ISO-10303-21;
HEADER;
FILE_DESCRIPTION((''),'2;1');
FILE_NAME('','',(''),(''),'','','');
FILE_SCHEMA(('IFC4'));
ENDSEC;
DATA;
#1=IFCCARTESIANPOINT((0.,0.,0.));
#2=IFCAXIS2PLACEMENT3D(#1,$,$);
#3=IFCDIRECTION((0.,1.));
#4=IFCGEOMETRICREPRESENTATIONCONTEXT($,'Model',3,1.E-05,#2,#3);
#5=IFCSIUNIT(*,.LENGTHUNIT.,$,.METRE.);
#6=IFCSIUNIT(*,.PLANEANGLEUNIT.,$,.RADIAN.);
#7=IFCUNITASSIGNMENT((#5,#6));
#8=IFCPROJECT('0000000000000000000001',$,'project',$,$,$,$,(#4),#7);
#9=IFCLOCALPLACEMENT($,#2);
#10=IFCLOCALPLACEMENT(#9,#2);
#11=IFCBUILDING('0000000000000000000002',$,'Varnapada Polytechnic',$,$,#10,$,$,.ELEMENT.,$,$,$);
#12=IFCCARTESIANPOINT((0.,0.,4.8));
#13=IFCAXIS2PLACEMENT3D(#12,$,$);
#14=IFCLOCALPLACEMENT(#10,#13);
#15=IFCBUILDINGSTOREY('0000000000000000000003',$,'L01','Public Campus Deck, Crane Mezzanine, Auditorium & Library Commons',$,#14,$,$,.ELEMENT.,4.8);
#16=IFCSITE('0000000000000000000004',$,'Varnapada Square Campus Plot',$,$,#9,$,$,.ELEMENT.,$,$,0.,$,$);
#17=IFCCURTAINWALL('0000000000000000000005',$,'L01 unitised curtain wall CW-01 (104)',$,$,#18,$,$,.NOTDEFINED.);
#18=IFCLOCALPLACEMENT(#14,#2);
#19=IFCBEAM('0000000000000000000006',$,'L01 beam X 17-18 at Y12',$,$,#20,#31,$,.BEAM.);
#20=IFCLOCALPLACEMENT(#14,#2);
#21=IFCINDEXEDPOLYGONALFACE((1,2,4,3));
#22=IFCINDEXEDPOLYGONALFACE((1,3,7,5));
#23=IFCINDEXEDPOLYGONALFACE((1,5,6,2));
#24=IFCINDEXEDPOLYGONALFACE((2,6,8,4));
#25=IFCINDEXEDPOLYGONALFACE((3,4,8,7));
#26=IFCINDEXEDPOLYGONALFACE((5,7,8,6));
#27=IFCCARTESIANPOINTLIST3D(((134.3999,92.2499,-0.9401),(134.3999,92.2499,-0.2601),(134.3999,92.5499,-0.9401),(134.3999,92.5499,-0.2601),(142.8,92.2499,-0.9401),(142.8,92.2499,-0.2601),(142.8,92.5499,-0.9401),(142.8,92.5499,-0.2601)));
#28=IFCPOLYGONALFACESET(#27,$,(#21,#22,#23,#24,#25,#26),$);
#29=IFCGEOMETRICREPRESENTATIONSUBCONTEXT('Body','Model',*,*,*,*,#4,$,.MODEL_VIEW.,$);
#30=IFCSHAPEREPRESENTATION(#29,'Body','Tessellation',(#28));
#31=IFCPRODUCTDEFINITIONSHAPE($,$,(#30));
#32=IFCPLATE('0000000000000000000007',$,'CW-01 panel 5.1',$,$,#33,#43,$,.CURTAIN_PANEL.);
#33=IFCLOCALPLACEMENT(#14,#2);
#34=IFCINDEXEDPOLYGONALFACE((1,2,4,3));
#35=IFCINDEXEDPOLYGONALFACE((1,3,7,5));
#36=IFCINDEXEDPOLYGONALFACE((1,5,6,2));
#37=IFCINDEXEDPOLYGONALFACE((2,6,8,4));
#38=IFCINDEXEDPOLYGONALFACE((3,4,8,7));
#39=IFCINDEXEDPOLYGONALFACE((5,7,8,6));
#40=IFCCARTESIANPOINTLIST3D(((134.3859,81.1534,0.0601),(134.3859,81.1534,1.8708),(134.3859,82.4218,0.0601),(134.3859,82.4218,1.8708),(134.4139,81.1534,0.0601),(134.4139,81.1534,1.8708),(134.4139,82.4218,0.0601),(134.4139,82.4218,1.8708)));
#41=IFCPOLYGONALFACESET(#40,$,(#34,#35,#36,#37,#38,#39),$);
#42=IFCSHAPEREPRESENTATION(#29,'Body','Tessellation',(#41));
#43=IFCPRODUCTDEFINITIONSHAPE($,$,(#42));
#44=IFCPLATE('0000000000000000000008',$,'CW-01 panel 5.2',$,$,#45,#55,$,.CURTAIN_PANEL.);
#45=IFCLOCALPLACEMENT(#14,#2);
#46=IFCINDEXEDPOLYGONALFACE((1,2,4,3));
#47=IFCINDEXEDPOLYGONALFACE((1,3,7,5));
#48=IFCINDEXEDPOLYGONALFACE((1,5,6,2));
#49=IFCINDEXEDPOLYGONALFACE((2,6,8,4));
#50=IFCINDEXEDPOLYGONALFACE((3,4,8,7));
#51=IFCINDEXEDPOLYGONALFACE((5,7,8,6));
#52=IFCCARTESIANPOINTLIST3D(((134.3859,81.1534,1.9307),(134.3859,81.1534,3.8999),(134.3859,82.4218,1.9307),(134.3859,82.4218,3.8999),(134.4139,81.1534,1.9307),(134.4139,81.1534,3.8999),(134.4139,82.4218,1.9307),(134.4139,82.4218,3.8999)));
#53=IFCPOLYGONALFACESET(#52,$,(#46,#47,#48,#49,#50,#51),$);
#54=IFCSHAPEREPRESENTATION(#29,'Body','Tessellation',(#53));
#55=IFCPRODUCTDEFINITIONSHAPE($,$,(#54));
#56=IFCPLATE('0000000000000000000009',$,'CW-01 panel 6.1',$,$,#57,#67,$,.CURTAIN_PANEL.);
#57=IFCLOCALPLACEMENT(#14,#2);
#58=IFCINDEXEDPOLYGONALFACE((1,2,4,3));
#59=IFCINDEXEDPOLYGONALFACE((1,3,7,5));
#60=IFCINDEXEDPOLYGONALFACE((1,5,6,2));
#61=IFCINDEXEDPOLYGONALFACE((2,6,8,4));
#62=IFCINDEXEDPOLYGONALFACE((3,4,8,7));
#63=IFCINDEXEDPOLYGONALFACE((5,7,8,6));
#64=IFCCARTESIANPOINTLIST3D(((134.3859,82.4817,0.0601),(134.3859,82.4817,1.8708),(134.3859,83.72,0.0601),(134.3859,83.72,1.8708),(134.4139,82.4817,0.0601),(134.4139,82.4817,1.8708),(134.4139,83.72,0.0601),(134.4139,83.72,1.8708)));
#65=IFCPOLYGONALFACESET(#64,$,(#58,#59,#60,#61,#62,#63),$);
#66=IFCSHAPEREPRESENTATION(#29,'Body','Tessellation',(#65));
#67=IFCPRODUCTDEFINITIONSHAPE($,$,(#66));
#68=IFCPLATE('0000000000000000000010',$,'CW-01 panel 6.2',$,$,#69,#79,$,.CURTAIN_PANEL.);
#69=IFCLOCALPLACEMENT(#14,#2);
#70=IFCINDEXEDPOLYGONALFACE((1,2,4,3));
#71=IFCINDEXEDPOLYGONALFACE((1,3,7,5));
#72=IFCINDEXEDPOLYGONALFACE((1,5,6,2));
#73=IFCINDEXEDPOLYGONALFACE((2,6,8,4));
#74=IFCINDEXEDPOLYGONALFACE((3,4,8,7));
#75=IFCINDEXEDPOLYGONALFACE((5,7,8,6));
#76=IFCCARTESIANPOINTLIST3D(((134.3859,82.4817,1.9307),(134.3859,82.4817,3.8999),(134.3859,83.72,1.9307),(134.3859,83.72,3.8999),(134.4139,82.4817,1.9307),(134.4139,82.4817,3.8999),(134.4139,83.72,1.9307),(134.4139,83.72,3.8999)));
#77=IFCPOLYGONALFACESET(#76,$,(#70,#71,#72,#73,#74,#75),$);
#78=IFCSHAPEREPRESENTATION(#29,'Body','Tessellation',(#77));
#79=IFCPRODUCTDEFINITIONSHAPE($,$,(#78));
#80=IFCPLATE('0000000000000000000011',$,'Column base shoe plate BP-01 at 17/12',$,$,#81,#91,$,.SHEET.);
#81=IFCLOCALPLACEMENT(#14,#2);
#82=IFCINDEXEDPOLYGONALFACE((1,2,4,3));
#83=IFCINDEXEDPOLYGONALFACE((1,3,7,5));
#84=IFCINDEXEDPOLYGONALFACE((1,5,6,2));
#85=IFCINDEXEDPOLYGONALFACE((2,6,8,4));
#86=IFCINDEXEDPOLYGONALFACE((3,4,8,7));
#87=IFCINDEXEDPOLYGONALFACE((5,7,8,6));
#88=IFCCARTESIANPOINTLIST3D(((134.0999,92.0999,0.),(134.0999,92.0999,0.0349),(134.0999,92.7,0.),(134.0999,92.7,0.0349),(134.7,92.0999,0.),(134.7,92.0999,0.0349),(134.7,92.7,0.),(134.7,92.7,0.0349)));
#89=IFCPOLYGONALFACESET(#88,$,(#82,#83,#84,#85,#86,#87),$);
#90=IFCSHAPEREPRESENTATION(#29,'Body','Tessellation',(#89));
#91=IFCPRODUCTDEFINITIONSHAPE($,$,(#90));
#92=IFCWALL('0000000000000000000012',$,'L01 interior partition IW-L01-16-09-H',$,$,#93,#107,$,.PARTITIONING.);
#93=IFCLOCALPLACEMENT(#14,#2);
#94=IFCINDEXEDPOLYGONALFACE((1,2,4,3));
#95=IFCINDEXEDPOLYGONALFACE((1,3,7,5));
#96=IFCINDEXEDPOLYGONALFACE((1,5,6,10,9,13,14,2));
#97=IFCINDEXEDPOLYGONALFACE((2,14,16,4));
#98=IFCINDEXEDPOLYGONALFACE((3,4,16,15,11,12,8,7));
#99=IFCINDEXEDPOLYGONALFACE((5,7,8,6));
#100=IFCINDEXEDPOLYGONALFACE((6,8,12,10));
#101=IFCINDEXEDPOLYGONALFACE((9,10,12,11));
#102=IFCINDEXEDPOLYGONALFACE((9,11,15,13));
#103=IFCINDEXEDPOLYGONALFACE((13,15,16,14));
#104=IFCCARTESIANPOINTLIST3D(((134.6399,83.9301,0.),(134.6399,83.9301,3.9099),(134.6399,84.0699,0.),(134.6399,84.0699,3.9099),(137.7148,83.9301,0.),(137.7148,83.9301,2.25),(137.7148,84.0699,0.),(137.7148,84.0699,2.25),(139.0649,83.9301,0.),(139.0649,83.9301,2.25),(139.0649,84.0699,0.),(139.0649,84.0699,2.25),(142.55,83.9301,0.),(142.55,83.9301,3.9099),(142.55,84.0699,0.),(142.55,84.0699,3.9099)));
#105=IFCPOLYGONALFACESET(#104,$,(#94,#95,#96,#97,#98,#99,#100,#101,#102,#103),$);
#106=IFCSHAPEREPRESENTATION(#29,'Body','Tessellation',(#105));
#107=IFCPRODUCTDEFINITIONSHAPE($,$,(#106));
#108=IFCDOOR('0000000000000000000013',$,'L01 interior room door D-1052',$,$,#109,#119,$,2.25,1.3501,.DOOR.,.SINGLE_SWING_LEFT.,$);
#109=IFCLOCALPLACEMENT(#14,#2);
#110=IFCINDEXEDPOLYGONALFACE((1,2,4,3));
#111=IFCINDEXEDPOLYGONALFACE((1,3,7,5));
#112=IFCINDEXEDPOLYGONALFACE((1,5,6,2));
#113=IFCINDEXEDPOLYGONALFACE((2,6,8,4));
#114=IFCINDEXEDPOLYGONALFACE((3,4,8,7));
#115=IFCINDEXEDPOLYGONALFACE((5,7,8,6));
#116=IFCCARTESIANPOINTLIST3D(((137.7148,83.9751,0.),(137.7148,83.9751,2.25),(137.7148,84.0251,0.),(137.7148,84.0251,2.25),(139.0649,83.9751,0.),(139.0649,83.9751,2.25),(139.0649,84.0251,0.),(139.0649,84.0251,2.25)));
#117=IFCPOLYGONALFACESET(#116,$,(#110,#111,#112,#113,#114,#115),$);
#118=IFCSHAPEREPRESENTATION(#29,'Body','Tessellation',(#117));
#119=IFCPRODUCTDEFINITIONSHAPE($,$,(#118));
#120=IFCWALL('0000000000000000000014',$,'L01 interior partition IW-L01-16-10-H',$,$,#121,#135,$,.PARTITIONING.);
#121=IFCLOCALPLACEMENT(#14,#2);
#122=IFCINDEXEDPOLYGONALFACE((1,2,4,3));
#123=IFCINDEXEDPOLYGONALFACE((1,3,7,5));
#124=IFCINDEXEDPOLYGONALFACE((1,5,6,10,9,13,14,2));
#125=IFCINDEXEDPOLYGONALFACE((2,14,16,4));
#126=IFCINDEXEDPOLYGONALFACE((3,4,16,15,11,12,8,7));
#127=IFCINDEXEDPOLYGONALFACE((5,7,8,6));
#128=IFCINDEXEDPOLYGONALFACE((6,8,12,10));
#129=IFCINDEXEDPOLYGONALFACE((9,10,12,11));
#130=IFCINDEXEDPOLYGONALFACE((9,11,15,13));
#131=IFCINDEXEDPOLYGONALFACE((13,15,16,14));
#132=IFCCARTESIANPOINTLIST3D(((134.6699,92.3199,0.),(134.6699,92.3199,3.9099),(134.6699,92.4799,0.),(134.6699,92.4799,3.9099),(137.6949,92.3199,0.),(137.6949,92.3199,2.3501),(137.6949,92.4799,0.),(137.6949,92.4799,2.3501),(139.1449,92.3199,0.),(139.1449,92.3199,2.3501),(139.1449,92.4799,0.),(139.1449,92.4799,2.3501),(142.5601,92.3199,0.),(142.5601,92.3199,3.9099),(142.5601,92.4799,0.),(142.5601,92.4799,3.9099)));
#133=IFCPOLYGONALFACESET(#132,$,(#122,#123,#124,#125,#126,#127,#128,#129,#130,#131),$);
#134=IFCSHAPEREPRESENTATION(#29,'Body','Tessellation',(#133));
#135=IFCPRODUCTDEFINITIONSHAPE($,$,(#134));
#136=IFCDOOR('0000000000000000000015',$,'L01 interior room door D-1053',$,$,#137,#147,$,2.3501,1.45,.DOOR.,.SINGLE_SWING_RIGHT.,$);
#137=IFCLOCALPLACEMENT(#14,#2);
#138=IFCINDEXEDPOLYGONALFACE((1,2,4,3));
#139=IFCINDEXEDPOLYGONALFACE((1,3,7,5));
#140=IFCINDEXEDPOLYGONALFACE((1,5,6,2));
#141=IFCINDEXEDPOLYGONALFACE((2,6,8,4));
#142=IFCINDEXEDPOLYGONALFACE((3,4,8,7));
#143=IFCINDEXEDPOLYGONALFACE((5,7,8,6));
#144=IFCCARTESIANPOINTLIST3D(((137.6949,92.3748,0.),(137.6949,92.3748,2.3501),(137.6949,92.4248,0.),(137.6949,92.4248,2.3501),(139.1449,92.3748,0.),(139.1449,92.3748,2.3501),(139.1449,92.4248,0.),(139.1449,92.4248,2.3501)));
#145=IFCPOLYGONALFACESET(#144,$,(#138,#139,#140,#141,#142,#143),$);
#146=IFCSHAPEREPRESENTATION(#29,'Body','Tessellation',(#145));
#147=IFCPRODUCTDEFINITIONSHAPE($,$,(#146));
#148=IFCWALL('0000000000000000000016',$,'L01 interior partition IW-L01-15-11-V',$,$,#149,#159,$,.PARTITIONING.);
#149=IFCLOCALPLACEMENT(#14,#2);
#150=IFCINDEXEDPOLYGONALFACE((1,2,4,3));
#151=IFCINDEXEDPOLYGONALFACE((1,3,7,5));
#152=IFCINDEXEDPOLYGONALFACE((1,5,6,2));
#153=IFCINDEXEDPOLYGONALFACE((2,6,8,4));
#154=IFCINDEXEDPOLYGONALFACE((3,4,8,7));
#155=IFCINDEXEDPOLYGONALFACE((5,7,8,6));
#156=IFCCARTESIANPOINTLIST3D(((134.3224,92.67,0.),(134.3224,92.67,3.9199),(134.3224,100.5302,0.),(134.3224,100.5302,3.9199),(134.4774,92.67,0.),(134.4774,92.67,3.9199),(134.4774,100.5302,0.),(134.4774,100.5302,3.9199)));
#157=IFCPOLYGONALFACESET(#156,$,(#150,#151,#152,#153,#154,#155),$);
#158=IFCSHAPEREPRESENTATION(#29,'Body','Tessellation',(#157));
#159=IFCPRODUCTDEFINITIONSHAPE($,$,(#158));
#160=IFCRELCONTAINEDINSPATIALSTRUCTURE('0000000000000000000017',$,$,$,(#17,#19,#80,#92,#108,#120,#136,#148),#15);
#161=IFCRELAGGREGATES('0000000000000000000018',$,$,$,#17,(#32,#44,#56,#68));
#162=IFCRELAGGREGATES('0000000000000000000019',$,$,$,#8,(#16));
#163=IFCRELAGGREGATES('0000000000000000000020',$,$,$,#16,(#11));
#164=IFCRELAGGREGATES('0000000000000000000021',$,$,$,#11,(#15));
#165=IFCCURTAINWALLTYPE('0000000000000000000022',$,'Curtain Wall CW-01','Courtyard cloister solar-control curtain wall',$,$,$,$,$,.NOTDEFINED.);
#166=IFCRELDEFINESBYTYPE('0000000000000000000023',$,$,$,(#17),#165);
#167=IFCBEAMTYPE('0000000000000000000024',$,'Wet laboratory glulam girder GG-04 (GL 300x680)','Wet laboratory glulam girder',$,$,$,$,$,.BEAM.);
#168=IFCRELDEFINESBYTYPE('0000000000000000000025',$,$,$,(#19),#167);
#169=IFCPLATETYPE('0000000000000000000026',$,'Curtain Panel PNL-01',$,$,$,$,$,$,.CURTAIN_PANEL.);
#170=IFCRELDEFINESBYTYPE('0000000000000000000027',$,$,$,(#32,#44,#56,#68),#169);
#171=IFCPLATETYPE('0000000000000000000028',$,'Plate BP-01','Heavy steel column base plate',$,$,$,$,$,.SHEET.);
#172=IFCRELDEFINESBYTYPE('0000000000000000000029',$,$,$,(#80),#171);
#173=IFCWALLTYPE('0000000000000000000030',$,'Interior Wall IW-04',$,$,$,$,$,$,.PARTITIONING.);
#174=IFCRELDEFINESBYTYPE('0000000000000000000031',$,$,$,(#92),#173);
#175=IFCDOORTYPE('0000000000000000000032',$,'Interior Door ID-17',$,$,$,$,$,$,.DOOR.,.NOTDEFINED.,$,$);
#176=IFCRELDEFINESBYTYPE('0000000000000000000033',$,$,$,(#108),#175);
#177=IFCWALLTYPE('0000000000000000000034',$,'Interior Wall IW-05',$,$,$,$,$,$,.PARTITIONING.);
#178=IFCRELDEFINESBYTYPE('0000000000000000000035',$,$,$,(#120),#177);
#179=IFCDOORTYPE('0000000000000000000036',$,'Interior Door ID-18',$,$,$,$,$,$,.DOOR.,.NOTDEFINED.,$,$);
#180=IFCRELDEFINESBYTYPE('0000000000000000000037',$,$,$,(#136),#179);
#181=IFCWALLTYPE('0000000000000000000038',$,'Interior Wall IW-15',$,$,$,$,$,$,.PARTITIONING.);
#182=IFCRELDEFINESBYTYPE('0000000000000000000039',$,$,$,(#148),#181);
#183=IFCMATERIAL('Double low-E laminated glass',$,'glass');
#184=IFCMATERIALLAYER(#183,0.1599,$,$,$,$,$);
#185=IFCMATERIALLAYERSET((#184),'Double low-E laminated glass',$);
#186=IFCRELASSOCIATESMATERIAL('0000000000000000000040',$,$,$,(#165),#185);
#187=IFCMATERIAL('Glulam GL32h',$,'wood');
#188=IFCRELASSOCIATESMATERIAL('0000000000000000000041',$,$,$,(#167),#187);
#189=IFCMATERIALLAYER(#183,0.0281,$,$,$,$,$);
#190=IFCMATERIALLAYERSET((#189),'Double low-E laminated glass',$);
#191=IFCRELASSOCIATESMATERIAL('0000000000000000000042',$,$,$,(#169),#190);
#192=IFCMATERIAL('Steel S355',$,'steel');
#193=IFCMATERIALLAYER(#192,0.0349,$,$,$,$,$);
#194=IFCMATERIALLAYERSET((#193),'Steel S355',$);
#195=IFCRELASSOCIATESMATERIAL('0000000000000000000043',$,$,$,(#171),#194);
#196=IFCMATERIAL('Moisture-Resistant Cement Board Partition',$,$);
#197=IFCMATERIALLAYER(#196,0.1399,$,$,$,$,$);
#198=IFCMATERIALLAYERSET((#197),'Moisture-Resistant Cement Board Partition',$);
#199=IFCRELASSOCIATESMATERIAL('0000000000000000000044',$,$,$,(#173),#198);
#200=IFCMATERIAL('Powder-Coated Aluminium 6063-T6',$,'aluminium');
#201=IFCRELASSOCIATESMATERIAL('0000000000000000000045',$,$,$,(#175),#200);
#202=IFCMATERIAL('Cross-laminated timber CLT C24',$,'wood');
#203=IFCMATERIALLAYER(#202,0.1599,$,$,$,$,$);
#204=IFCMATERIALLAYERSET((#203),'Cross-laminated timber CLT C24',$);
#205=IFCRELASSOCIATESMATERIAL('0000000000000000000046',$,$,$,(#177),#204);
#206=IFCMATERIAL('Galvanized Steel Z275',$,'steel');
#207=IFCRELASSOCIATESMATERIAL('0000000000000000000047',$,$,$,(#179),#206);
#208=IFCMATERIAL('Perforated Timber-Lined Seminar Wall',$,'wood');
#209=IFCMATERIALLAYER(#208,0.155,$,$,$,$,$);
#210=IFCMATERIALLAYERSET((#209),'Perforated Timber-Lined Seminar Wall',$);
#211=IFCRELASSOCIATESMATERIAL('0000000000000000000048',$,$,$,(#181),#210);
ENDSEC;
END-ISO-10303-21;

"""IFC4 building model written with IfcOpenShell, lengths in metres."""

from ifc_helpers import new_model, si_unit, direction, frame, frame_2d, origin, origin_2d, place, context, subcontext, project, spatial, rectangle, extrude, material, layer, layer_set, material_profile, profile_set, type_object, element, fill, aggregate, save


model = new_model("IFC4")

# Units and contexts
model_context = context("Model", 3, precision=1e-05, world=origin(), true_north=direction((0.0, 1.0)))
body_context = subcontext(model_context, "Body", "Model", "MODEL_VIEW")
ifc_project = project(units=[si_unit("LENGTHUNIT", "METRE"), si_unit("PLANEANGLEUNIT", "RADIAN")], contexts=[model_context])

# Site, building, storey
site_placement = place(None, origin())
site = spatial("IfcSite", under=ifc_project, at=site_placement, Name="Varnapada Square Campus Plot", CompositionType="ELEMENT", RefElevation=0.0)
building_placement = place(site_placement, origin())
building = spatial("IfcBuilding", under=site, at=building_placement, Name="Varnapada Polytechnic", CompositionType="ELEMENT")
storey_placement = place(building_placement, frame((0.0, 0.0, 4.8)))
storey = spatial("IfcBuildingStorey", under=building, at=storey_placement, Name="L01", Description="Public Campus Deck, Crane Mezzanine, Auditorium & Library Commons", CompositionType="ELEMENT", Elevation=4.8)

# Shared definitions
ifc_material_1 = material(Name="Steel S355", Category="steel")

# Shared definitions
ifc_material_2 = material(Name="Glulam GL32h", Category="wood")

# Curtain wall
ifc_material_3 = material(Name="Double low-E laminated glass", Category="glass")
ifc_layer_1 = layer(ifc_material_3, 0.1599)
ifc_layer_set_1 = layer_set([ifc_layer_1], Name="Double low-E laminated glass")
curtain_wall_type = type_object("IfcCurtainWallType", Name="Curtain Wall CW-01", Description="Courtyard cloister solar-control curtain wall", PredefinedType="NOTDEFINED", material=ifc_layer_set_1)
curtain_wall_placement = place(storey_placement, origin())
curtain_wall = element("IfcCurtainWall", 1, at=curtain_wall_placement, inside=storey, type_object=curtain_wall_type, Name="L01 unitised curtain wall CW-01 (104)", PredefinedType="NOTDEFINED")

# Beam
ifc_material_profile_1 = material_profile(ifc_material_2, rectangle(XDim=0.3, YDim=0.6799, at=origin_2d()), Name="GL 300x680")
ifc_profile_set_1 = profile_set([ifc_material_profile_1], Name="Glulam GL32h")
beam_type_1 = type_object("IfcBeamType", Name="Wet laboratory glulam girder GG-04 (GL 300x680)", Description="Wet laboratory glulam girder", PredefinedType="BEAM", material=ifc_profile_set_1)
for number, where, z_axis, x_axis, name in (
    (2, (134.3999, 92.3999, -0.6001), (1.0, 0.0, 0.0), (0.0, 1.0, 0.0), "L01 beam X 17-18 at Y12"),
):
    element("IfcBeam", number, at=place(storey_placement, frame(where, z_axis=z_axis, x_axis=x_axis)), inside=storey, type_object=beam_type_1, Name=name, PredefinedType="BEAM", context=body_context, shape_type="SweptSolid", body=[
        extrude(rectangle(XDim=0.3, YDim=0.6799, at=origin_2d()), origin(), (0.0, 0.0, 1.0), 8.4001),
    ])

# Plates
ifc_layer_2 = layer(ifc_material_3, 0.0281)
ifc_layer_set_2 = layer_set([ifc_layer_2], Name="Double low-E laminated glass")
plate_type_1 = type_object("IfcPlateType", Name="Curtain Panel PNL-01", PredefinedType="CURTAIN_PANEL", material=ifc_layer_set_2)
plate_1_placement = place(storey_placement, frame((134.3999, 81.7876, 0.0601), z_axis=(0.0, 0.0, 1.0), x_axis=(0.0, 1.0, 0.0)))
plate_1 = element("IfcPlate", 3, at=plate_1_placement, type_object=plate_type_1, Name="CW-01 panel 5.1", PredefinedType="CURTAIN_PANEL", context=body_context, shape_type="SweptSolid", body=[
    extrude(rectangle(XDim=1.2683, YDim=0.0281, at=origin_2d()), origin(), (0.0, 0.0, 1.0), 1.8108),
])
plate_2_placement = place(storey_placement, frame((134.3999, 81.7876, 1.9307), z_axis=(0.0, 0.0, 1.0), x_axis=(0.0, 1.0, 0.0)))
plate_2 = element("IfcPlate", 4, at=plate_2_placement, type_object=plate_type_1, Name="CW-01 panel 5.2", PredefinedType="CURTAIN_PANEL", context=body_context, shape_type="SweptSolid", body=[
    extrude(rectangle(XDim=1.2683, YDim=0.0281, at=origin_2d()), origin(), (0.0, 0.0, 1.0), 1.9692),
])
plate_3_placement = place(storey_placement, frame((134.3999, 83.1008, 0.0601), z_axis=(0.0, 0.0, 1.0), x_axis=(0.0, 1.0, 0.0)))
plate_3 = element("IfcPlate", 5, at=plate_3_placement, type_object=plate_type_1, Name="CW-01 panel 6.1", PredefinedType="CURTAIN_PANEL", context=body_context, shape_type="SweptSolid", body=[
    extrude(rectangle(XDim=1.2383, YDim=0.0281, at=origin_2d()), origin(), (0.0, 0.0, 1.0), 1.8108),
])
plate_4_placement = place(storey_placement, frame((134.3999, 83.1008, 1.9307), z_axis=(0.0, 0.0, 1.0), x_axis=(0.0, 1.0, 0.0)))
plate_4 = element("IfcPlate", 6, at=plate_4_placement, type_object=plate_type_1, Name="CW-01 panel 6.2", PredefinedType="CURTAIN_PANEL", context=body_context, shape_type="SweptSolid", body=[
    extrude(rectangle(XDim=1.2383, YDim=0.0281, at=origin_2d()), origin(), (0.0, 0.0, 1.0), 1.9692),
])
aggregate(curtain_wall, [plate_1, plate_2, plate_3, plate_4])
ifc_layer_3 = layer(ifc_material_1, 0.0349)
ifc_layer_set_3 = layer_set([ifc_layer_3], Name="Steel S355")
plate_type_2 = type_object("IfcPlateType", Name="Plate BP-01", Description="Heavy steel column base plate", PredefinedType="SHEET", material=ifc_layer_set_3)
plate_5_placement = place(storey_placement, frame((134.3999, 92.3999, 0.0), z_axis=(0.0, 0.0, 1.0), x_axis=(1.0, 0.0, 0.0)))
element("IfcPlate", 7, at=plate_5_placement, inside=storey, type_object=plate_type_2, Name="Column base shoe plate BP-01 at 17/12", PredefinedType="SHEET", context=body_context, shape_type="SweptSolid", body=[
    extrude(rectangle(XDim=0.6001, YDim=0.6001, at=origin_2d()), origin(), (0.0, 0.0, 1.0), 0.0349),
])

# Walls, openings, doors
ifc_material_4 = material(Name="Moisture-Resistant Cement Board Partition")
ifc_layer_4 = layer(ifc_material_4, 0.1399)
ifc_layer_set_4 = layer_set([ifc_layer_4], Name="Moisture-Resistant Cement Board Partition")
wall_type_1 = type_object("IfcWallType", Name="Interior Wall IW-04", PredefinedType="PARTITIONING", material=ifc_layer_set_4)
wall_1_placement = place(storey_placement, frame((134.6399, 84.0, 0.0), z_axis=(0.0, 0.0, 1.0), x_axis=(1.0, 0.0, 0.0)))
wall_1 = element("IfcWall", 8, at=wall_1_placement, inside=storey, type_object=wall_type_1, Name="L01 interior partition IW-L01-16-09-H", PredefinedType="PARTITIONING", context=body_context, shape_type="SweptSolid", body=[
    extrude(rectangle(XDim=7.9102, YDim=0.1399, at=frame_2d((3.9551, 0.0))), origin(), (0.0, 0.0, 1.0), 3.9099),
])
opening_1_placement = place(wall_1_placement, frame((3.075, 0.0, 0.0)))
opening_1 = element("IfcOpeningElement", 9, at=opening_1_placement, cuts=wall_1, PredefinedType="OPENING", context=body_context, shape_type="SweptSolid", body=[
    extrude(rectangle(XDim=1.3501, YDim=2.25, at=frame_2d((0.675, 1.125))), frame((0.0, 0.0798, 0.0), z_axis=(0.0, -1.0, 0.0), x_axis=(1.0, 0.0, 0.0)), (0.0, 0.0, 1.0), 0.1599),
])
ifc_material_5 = material(Name="Powder-Coated Aluminium 6063-T6", Category="aluminium")
door_type_1 = type_object("IfcDoorType", Name="Interior Door ID-17", OperationType="NOTDEFINED", PredefinedType="DOOR", material=ifc_material_5)
door_1_placement = place(opening_1_placement, frame((1.3501, 0.0, 0.0), z_axis=(0.0, 0.0, 1.0), x_axis=(-1.0, 0.0, 0.0)))
door_1 = element("IfcDoor", 10, at=door_1_placement, inside=storey, type_object=door_type_1, Name="L01 interior room door D-1052", OperationType="SINGLE_SWING_LEFT", OverallHeight=2.25, OverallWidth=1.3501, PredefinedType="DOOR", context=body_context, shape_type="SweptSolid", body=[
    extrude(rectangle(XDim=1.3501, YDim=2.25, at=frame_2d((0.675, 1.125))), frame((0.0, 0.0249, 0.0), z_axis=(0.0, -1.0, 0.0), x_axis=(1.0, 0.0, 0.0)), (0.0, 0.0, 1.0), 0.05),
])
fill(opening_1, door_1)
ifc_material_6 = material(Name="Cross-laminated timber CLT C24", Category="wood")
ifc_layer_5 = layer(ifc_material_6, 0.1599)
ifc_layer_set_5 = layer_set([ifc_layer_5], Name="Cross-laminated timber CLT C24")
wall_type_2 = type_object("IfcWallType", Name="Interior Wall IW-05", PredefinedType="PARTITIONING", material=ifc_layer_set_5)
wall_2_placement = place(storey_placement, frame((134.6699, 92.3999, 0.0), z_axis=(0.0, 0.0, 1.0), x_axis=(1.0, 0.0, 0.0)))
wall_2 = element("IfcWall", 11, at=wall_2_placement, inside=storey, type_object=wall_type_2, Name="L01 interior partition IW-L01-16-10-H", PredefinedType="PARTITIONING", context=body_context, shape_type="SweptSolid", body=[
    extrude(rectangle(XDim=7.8901, YDim=0.1599, at=frame_2d((3.9451, 0.0))), origin(), (0.0, 0.0, 1.0), 3.9099),
])
opening_2_placement = place(wall_2_placement, frame((3.0249, 0.0, 0.0)))
opening_2 = element("IfcOpeningElement", 12, at=opening_2_placement, cuts=wall_2, PredefinedType="OPENING", context=body_context, shape_type="SweptSolid", body=[
    extrude(rectangle(XDim=1.45, YDim=2.3501, at=frame_2d((0.7251, 1.175))), frame((0.0, 0.0898, 0.0), z_axis=(0.0, -1.0, 0.0), x_axis=(1.0, 0.0, 0.0)), (0.0, 0.0, 1.0), 0.1799),
])
ifc_material_7 = material(Name="Galvanized Steel Z275", Category="steel")
door_type_2 = type_object("IfcDoorType", Name="Interior Door ID-18", OperationType="NOTDEFINED", PredefinedType="DOOR", material=ifc_material_7)
door_2_placement = place(opening_2_placement, origin())
door_2 = element("IfcDoor", 13, at=door_2_placement, inside=storey, type_object=door_type_2, Name="L01 interior room door D-1053", OperationType="SINGLE_SWING_RIGHT", OverallHeight=2.3501, OverallWidth=1.45, PredefinedType="DOOR", context=body_context, shape_type="SweptSolid", body=[
    extrude(rectangle(XDim=1.45, YDim=2.3501, at=frame_2d((0.7251, 1.175))), frame((0.0, 0.0249, 0.0), z_axis=(0.0, -1.0, 0.0), x_axis=(1.0, 0.0, 0.0)), (0.0, 0.0, 1.0), 0.05),
])
fill(opening_2, door_2)

# Wall
ifc_material_8 = material(Name="Perforated Timber-Lined Seminar Wall", Category="wood")
ifc_layer_6 = layer(ifc_material_8, 0.155)
ifc_layer_set_6 = layer_set([ifc_layer_6], Name="Perforated Timber-Lined Seminar Wall")
wall_type_3 = type_object("IfcWallType", Name="Interior Wall IW-15", PredefinedType="PARTITIONING", material=ifc_layer_set_6)
wall_3_placement = place(storey_placement, frame((134.3999, 92.6699, 0.0), z_axis=(0.0, 0.0, 1.0), x_axis=(0.0, 1.0, 0.0)))
element("IfcWall", 14, at=wall_3_placement, inside=storey, type_object=wall_type_3, Name="L01 interior partition IW-L01-15-11-V", PredefinedType="PARTITIONING", context=body_context, shape_type="SweptSolid", body=[
    extrude(rectangle(XDim=7.8601, YDim=0.155, at=frame_2d((3.9302, 0.0))), origin(), (0.0, 0.0, 1.0), 3.9199),
])

save(model, "model.ifc")
